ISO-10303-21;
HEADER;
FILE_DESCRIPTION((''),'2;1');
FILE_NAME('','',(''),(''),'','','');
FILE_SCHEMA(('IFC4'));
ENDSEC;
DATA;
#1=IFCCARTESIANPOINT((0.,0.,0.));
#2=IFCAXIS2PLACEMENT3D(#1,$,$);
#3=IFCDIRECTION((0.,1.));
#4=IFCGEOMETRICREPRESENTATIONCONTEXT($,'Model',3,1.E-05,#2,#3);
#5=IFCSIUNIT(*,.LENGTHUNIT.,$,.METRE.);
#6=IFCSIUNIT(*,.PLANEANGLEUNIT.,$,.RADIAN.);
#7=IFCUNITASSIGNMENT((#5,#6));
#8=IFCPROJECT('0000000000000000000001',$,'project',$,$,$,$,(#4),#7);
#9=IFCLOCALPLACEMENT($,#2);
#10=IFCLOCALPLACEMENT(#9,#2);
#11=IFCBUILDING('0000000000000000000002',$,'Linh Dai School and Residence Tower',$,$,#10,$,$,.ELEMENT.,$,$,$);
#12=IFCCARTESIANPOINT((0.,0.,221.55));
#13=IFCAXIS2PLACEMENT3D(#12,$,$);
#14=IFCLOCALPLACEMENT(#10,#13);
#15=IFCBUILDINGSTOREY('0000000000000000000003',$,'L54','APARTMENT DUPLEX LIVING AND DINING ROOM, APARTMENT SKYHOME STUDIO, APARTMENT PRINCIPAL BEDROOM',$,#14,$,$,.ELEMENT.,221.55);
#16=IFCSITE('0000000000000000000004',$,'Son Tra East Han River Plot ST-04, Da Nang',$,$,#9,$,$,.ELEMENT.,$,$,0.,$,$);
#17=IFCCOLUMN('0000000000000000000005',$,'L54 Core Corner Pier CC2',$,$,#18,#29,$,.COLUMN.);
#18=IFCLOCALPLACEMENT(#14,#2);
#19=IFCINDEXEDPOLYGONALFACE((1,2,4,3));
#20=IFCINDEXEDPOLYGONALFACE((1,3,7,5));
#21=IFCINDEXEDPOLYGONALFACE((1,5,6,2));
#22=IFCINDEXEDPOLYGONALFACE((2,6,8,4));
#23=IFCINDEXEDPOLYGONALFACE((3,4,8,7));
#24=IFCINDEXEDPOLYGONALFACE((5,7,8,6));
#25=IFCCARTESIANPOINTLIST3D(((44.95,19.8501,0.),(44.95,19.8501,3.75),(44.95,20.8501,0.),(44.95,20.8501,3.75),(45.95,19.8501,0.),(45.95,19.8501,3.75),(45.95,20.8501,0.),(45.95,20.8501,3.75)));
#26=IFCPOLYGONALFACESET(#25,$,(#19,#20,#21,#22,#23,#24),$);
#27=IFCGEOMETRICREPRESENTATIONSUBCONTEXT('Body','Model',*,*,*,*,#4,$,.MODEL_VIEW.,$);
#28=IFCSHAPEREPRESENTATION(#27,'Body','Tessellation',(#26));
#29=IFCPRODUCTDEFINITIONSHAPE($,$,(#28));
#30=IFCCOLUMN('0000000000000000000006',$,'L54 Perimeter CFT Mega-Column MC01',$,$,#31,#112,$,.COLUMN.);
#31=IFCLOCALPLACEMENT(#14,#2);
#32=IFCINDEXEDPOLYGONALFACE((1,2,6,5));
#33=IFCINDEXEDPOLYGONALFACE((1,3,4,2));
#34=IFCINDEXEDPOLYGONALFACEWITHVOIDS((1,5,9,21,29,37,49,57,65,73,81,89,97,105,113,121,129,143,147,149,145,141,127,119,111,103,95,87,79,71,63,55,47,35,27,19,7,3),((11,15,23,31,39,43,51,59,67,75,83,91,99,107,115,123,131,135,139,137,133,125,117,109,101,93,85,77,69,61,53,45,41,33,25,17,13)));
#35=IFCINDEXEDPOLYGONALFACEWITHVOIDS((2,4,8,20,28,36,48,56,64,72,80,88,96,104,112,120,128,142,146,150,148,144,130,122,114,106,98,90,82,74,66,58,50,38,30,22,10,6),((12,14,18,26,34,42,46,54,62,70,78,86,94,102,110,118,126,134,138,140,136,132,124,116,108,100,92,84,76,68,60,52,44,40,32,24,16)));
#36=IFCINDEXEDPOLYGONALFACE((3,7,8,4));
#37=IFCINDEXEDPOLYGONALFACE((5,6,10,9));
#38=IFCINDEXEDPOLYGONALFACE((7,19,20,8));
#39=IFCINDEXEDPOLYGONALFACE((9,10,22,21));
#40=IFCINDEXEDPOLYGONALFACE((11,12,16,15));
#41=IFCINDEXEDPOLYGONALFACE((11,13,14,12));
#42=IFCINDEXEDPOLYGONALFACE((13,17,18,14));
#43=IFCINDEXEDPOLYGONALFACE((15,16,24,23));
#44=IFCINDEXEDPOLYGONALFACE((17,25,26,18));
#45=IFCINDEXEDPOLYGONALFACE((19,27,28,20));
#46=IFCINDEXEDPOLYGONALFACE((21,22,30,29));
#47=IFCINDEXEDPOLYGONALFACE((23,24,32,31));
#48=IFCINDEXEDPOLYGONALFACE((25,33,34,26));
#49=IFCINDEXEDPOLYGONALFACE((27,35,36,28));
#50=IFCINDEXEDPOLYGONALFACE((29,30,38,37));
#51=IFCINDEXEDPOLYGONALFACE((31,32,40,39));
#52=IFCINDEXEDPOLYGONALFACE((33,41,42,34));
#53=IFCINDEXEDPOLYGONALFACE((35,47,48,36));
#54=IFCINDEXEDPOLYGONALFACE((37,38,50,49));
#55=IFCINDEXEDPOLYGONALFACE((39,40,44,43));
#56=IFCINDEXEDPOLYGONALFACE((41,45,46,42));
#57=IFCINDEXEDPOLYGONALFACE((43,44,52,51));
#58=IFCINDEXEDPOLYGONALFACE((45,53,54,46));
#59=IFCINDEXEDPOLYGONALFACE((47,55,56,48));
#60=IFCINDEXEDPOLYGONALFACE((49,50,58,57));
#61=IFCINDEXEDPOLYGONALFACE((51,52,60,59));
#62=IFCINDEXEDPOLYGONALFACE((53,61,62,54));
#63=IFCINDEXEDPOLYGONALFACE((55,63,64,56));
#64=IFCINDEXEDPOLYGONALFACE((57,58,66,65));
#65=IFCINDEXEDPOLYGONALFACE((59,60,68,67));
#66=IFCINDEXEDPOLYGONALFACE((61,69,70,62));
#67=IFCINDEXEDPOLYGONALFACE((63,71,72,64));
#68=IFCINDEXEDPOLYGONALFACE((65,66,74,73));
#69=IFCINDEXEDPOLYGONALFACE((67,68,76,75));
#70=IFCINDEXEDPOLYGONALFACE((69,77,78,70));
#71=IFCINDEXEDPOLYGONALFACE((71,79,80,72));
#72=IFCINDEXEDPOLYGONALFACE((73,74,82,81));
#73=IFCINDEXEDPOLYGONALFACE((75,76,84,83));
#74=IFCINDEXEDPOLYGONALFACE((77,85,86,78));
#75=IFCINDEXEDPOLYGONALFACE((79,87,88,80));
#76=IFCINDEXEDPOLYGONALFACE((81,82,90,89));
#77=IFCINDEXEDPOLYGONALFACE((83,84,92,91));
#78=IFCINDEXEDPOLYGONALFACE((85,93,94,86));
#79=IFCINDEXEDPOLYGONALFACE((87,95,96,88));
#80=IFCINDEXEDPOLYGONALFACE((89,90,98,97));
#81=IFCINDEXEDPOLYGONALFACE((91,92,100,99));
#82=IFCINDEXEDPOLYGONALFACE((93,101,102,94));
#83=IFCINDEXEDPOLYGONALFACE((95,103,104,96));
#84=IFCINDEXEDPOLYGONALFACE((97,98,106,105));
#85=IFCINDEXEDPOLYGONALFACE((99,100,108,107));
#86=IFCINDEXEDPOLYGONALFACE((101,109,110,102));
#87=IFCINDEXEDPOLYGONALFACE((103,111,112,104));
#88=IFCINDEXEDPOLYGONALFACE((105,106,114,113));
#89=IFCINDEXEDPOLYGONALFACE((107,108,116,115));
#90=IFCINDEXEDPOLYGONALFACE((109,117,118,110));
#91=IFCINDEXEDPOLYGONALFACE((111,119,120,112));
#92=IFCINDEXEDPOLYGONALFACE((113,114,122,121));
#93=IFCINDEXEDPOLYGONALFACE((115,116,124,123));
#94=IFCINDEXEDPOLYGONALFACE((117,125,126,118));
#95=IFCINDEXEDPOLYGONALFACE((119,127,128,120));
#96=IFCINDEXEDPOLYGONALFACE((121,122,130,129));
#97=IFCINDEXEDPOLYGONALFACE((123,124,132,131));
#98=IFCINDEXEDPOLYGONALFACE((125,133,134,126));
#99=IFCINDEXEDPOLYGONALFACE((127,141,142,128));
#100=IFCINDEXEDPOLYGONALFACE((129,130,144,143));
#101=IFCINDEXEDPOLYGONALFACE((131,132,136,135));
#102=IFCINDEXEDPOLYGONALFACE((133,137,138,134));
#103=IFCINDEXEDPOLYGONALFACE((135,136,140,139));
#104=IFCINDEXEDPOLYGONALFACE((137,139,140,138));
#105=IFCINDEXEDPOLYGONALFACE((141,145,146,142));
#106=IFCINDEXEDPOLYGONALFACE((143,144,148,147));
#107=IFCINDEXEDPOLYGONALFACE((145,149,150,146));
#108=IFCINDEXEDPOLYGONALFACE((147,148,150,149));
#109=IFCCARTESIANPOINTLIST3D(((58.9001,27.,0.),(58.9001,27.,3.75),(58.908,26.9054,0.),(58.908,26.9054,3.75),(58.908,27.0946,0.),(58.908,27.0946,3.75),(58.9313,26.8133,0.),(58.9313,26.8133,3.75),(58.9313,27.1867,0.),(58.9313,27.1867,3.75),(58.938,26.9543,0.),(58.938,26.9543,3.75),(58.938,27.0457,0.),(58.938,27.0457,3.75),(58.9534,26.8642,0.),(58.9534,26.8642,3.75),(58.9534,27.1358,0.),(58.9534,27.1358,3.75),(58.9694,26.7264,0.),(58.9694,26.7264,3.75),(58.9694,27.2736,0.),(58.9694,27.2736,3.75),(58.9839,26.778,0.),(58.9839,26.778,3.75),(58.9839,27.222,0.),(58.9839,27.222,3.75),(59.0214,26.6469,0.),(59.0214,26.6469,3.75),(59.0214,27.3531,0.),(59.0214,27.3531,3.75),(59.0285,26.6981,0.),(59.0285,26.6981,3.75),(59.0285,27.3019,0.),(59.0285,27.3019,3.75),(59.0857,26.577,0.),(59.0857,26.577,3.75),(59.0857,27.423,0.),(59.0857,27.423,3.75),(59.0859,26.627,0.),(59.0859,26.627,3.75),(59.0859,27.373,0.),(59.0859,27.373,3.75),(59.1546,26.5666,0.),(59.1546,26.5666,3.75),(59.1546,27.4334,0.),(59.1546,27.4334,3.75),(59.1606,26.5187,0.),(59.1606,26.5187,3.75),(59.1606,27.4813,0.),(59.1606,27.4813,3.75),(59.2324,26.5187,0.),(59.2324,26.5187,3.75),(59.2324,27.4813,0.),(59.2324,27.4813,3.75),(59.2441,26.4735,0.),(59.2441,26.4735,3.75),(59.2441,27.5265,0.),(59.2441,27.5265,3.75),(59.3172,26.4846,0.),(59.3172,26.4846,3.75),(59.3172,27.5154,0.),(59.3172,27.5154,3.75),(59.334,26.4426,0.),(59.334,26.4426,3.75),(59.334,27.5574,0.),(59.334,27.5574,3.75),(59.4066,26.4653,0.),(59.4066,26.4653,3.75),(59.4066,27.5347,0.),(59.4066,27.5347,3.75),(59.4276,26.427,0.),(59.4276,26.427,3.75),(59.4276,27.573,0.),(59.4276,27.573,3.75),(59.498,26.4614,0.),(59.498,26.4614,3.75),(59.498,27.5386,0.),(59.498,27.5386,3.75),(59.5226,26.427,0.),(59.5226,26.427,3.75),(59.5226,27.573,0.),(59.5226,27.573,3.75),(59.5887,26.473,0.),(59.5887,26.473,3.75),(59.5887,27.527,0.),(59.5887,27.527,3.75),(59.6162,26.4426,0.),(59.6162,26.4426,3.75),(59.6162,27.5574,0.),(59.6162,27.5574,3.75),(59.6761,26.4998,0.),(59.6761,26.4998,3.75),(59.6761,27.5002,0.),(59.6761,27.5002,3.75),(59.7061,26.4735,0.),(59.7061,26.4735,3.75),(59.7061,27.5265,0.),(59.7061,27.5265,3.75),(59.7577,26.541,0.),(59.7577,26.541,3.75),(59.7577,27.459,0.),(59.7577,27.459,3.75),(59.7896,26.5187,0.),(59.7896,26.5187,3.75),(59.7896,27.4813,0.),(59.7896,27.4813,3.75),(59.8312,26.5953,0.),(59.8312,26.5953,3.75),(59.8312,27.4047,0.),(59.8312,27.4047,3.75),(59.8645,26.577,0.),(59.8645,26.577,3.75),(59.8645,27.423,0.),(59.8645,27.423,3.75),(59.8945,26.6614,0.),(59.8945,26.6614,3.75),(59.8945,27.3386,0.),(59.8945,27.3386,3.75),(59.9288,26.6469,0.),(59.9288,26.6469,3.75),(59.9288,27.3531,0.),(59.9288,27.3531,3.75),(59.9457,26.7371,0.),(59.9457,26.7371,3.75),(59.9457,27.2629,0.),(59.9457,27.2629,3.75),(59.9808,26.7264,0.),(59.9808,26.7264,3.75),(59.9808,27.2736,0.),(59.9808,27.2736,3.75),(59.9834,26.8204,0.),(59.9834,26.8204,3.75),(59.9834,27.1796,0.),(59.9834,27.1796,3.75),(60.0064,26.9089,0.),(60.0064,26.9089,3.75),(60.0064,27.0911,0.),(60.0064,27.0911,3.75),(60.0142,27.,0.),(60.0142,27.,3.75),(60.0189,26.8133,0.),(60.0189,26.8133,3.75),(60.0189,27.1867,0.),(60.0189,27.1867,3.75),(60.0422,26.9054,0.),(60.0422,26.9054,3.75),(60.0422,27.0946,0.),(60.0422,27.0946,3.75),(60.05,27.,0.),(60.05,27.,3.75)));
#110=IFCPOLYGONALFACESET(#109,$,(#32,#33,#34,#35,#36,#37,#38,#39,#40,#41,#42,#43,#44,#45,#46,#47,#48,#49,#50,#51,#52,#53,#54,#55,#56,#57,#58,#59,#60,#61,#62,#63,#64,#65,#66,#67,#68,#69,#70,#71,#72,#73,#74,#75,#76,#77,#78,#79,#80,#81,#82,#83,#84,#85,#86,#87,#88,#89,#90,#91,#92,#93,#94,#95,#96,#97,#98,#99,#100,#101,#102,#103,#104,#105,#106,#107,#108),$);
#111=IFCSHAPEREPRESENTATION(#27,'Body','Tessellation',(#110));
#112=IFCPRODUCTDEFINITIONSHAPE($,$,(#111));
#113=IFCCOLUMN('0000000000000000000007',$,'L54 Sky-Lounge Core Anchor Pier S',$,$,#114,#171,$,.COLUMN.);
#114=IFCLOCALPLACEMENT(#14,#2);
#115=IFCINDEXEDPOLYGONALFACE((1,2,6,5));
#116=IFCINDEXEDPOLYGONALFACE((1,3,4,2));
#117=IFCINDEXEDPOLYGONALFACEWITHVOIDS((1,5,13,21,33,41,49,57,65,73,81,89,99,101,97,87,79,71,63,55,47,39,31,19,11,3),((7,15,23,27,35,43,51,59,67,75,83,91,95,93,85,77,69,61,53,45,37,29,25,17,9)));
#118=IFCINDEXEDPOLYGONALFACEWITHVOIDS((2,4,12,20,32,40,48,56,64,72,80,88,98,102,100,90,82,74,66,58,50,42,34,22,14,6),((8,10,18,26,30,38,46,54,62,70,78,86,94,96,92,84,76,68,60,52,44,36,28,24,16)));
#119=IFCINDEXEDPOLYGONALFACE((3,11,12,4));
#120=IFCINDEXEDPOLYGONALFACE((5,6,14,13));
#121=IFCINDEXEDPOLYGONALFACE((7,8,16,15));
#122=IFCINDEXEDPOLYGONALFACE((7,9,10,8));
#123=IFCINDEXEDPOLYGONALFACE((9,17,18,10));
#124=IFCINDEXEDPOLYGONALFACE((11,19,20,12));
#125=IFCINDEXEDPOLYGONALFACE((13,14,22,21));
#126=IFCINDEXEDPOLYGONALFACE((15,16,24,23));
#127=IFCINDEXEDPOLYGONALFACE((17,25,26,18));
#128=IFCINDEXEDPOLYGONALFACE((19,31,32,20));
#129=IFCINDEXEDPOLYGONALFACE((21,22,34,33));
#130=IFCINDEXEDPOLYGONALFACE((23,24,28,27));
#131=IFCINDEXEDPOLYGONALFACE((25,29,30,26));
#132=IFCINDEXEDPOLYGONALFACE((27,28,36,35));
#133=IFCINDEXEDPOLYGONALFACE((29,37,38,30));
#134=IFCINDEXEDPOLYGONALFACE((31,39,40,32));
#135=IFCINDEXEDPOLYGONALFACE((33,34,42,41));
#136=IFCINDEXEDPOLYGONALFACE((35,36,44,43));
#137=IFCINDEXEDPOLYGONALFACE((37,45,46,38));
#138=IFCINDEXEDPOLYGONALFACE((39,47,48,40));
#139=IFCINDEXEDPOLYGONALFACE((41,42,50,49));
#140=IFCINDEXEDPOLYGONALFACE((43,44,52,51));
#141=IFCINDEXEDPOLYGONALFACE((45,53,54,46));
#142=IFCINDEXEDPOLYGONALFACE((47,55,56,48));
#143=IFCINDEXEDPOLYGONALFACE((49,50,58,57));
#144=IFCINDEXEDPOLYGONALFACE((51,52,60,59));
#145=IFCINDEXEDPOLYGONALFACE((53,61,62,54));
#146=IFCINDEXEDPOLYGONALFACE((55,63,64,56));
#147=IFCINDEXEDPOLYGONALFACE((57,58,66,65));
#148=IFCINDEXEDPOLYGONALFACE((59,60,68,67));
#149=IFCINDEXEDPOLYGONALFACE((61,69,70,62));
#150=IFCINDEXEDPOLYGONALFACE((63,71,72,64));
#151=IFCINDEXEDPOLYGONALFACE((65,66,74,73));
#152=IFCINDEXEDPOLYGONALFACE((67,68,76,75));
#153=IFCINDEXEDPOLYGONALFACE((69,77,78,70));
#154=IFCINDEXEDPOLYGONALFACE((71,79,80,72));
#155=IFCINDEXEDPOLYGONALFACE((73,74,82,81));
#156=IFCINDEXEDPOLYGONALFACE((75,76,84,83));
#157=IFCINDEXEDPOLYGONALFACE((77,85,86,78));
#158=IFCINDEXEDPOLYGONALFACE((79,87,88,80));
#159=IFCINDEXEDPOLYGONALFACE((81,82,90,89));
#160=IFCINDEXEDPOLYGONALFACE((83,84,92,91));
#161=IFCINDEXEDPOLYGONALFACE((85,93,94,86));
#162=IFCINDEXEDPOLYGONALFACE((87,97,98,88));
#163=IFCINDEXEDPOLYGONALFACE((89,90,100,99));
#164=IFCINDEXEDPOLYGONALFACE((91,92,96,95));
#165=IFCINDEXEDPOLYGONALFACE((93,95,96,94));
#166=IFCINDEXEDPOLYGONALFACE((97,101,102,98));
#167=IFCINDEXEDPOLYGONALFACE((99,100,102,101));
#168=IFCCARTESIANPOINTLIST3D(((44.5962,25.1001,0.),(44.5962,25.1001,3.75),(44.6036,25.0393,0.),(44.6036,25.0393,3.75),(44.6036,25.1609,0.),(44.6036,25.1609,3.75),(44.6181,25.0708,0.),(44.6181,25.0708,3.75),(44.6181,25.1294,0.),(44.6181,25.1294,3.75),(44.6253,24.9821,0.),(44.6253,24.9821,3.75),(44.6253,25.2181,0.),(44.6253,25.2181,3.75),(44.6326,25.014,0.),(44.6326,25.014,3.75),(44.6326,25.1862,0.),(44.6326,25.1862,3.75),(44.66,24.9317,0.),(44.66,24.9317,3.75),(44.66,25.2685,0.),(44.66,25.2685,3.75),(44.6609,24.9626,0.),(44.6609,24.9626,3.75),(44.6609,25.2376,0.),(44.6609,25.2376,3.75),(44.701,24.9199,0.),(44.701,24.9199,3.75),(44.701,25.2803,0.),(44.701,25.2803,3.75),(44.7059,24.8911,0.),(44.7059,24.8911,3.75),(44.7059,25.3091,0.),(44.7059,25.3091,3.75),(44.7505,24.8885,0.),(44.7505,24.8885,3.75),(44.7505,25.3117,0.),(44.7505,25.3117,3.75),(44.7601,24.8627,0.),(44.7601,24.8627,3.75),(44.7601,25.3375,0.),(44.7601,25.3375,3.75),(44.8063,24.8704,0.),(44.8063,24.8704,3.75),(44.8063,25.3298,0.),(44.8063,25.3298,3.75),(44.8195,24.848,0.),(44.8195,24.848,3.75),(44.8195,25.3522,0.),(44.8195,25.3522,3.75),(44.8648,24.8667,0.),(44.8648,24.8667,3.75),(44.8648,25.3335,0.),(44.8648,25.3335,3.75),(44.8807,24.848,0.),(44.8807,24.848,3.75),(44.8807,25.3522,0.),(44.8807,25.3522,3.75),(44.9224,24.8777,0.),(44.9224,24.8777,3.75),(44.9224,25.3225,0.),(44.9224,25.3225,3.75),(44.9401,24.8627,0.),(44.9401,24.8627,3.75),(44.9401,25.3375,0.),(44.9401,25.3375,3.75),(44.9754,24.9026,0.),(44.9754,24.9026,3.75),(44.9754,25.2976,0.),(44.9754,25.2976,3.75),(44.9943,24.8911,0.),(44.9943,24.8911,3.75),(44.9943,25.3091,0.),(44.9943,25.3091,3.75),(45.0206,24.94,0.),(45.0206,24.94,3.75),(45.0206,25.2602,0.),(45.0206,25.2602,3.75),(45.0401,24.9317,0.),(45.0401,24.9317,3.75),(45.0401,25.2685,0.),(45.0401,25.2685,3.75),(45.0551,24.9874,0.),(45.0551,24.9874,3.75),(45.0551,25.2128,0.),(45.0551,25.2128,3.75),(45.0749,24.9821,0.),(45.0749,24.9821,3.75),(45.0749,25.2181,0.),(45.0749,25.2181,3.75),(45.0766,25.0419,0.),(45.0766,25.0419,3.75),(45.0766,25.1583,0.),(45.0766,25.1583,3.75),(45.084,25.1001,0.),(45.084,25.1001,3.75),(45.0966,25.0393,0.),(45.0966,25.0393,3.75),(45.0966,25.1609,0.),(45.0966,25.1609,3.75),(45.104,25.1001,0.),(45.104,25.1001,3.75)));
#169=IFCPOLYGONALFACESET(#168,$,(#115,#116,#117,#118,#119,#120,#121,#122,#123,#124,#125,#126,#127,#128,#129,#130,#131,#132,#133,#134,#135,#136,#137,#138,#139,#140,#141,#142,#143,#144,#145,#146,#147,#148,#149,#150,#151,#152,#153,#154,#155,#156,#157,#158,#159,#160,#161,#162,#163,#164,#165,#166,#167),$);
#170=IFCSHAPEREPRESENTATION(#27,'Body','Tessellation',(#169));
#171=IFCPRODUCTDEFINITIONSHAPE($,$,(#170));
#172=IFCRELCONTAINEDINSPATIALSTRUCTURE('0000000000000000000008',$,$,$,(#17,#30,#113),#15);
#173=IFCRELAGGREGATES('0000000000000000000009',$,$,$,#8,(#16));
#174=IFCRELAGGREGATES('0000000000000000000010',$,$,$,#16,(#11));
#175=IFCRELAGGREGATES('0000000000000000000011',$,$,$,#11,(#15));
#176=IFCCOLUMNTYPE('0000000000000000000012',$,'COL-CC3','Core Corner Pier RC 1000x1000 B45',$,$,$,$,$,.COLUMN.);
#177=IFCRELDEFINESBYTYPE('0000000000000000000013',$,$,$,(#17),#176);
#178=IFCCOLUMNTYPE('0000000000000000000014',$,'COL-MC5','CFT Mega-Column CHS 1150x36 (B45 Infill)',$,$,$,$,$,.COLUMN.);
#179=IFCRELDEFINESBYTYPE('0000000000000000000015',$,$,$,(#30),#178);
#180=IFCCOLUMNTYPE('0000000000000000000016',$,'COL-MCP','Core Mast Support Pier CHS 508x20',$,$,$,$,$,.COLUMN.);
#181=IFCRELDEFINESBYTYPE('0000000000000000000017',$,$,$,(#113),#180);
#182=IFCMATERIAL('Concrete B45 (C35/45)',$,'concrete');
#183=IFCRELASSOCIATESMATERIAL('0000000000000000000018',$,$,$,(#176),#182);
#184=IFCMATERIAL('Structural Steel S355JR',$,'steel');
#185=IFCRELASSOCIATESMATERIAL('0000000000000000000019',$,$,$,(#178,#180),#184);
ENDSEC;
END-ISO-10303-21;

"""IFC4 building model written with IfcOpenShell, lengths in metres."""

from ifc_helpers import new_model, si_unit, direction, frame, origin, origin_2d, place, context, subcontext, project, spatial, rectangle, hollow_circle, extrude, material, material_profile, profile_set, type_object, element, save


model = new_model("IFC4")

# Units and contexts
model_context = context("Model", 3, precision=1e-05, world=origin(), true_north=direction((0.0, 1.0)))
body_context = subcontext(model_context, "Body", "Model", "MODEL_VIEW")
ifc_project = project(units=[si_unit("LENGTHUNIT", "METRE"), si_unit("PLANEANGLEUNIT", "RADIAN")], contexts=[model_context])

# Site, building, storey
site_placement = place(None, origin())
site = spatial("IfcSite", under=ifc_project, at=site_placement, Name="Son Tra East Han River Plot ST-04, Da Nang", CompositionType="ELEMENT", RefElevation=0.0)
building_placement = place(site_placement, origin())
building = spatial("IfcBuilding", under=site, at=building_placement, Name="Linh Dai School and Residence Tower", CompositionType="ELEMENT")
storey_placement = place(building_placement, frame((0.0, 0.0, 221.55)))
storey = spatial("IfcBuildingStorey", under=building, at=storey_placement, Name="L54", Description="APARTMENT DUPLEX LIVING AND DINING ROOM, APARTMENT SKYHOME STUDIO, APARTMENT PRINCIPAL BEDROOM", CompositionType="ELEMENT", Elevation=221.55)

# Columns
ifc_material_1 = material(Name="Concrete B45 (C35/45)", Category="concrete")
ifc_material_profile_1 = material_profile(ifc_material_1, rectangle(XDim=1.0, YDim=1.0, at=origin_2d()), Name="RC 1000x1000")
ifc_profile_set_1 = profile_set([ifc_material_profile_1], Name="Concrete B45 (C35/45)")
column_type_1 = type_object("IfcColumnType", Name="COL-CC3", Description="Core Corner Pier RC 1000x1000 B45", PredefinedType="COLUMN", material=ifc_profile_set_1)
column_1_placement = place(storey_placement, frame((45.45, 20.3501, 0.0), z_axis=(0.0, 0.0, 1.0), x_axis=(1.0, 0.0, 0.0)))
element("IfcColumn", 1, at=column_1_placement, inside=storey, type_object=column_type_1, Name="L54 Core Corner Pier CC2", PredefinedType="COLUMN", context=body_context, shape_type="SweptSolid", body=[
    extrude(rectangle(XDim=1.0, YDim=1.0, at=origin_2d()), origin(), (0.0, 0.0, 1.0), 3.75),
])
ifc_material_2 = material(Name="Structural Steel S355JR", Category="steel")
ifc_material_profile_2 = material_profile(ifc_material_2, hollow_circle(Radius=0.575, WallThickness=0.0359, at=origin_2d()), Name="CHS 1150x36")
ifc_profile_set_2 = profile_set([ifc_material_profile_2], Name="Structural Steel S355JR")
column_type_2 = type_object("IfcColumnType", Name="COL-MC5", Description="CFT Mega-Column CHS 1150x36 (B45 Infill)", PredefinedType="COLUMN", material=ifc_profile_set_2)
column_2_placement = place(storey_placement, frame((59.4751, 27.0, 0.0), z_axis=(0.0, 0.0, 1.0), x_axis=(1.0, 0.0, 0.0)))
element("IfcColumn", 2, at=column_2_placement, inside=storey, type_object=column_type_2, Name="L54 Perimeter CFT Mega-Column MC01", PredefinedType="COLUMN", context=body_context, shape_type="SweptSolid", body=[
    extrude(hollow_circle(Radius=0.575, WallThickness=0.0359, at=origin_2d()), origin(), (0.0, 0.0, 1.0), 3.75),
])
ifc_material_profile_3 = material_profile(ifc_material_2, hollow_circle(Radius=0.2539, WallThickness=0.02, at=origin_2d()), Name="CHS 508x20")
ifc_profile_set_3 = profile_set([ifc_material_profile_3], Name="Structural Steel S355JR")
column_type_3 = type_object("IfcColumnType", Name="COL-MCP", Description="Core Mast Support Pier CHS 508x20", PredefinedType="COLUMN", material=ifc_profile_set_3)
column_3_placement = place(storey_placement, frame((44.8501, 25.1001, 0.0), z_axis=(0.0, 0.0, 1.0), x_axis=(1.0, 0.0, 0.0)))
element("IfcColumn", 3, at=column_3_placement, inside=storey, type_object=column_type_3, Name="L54 Sky-Lounge Core Anchor Pier S", PredefinedType="COLUMN", context=body_context, shape_type="SweptSolid", body=[
    extrude(hollow_circle(Radius=0.2539, WallThickness=0.02, at=origin_2d()), origin(), (0.0, 0.0, 1.0), 3.75),
])

save(model, "model.ifc")
